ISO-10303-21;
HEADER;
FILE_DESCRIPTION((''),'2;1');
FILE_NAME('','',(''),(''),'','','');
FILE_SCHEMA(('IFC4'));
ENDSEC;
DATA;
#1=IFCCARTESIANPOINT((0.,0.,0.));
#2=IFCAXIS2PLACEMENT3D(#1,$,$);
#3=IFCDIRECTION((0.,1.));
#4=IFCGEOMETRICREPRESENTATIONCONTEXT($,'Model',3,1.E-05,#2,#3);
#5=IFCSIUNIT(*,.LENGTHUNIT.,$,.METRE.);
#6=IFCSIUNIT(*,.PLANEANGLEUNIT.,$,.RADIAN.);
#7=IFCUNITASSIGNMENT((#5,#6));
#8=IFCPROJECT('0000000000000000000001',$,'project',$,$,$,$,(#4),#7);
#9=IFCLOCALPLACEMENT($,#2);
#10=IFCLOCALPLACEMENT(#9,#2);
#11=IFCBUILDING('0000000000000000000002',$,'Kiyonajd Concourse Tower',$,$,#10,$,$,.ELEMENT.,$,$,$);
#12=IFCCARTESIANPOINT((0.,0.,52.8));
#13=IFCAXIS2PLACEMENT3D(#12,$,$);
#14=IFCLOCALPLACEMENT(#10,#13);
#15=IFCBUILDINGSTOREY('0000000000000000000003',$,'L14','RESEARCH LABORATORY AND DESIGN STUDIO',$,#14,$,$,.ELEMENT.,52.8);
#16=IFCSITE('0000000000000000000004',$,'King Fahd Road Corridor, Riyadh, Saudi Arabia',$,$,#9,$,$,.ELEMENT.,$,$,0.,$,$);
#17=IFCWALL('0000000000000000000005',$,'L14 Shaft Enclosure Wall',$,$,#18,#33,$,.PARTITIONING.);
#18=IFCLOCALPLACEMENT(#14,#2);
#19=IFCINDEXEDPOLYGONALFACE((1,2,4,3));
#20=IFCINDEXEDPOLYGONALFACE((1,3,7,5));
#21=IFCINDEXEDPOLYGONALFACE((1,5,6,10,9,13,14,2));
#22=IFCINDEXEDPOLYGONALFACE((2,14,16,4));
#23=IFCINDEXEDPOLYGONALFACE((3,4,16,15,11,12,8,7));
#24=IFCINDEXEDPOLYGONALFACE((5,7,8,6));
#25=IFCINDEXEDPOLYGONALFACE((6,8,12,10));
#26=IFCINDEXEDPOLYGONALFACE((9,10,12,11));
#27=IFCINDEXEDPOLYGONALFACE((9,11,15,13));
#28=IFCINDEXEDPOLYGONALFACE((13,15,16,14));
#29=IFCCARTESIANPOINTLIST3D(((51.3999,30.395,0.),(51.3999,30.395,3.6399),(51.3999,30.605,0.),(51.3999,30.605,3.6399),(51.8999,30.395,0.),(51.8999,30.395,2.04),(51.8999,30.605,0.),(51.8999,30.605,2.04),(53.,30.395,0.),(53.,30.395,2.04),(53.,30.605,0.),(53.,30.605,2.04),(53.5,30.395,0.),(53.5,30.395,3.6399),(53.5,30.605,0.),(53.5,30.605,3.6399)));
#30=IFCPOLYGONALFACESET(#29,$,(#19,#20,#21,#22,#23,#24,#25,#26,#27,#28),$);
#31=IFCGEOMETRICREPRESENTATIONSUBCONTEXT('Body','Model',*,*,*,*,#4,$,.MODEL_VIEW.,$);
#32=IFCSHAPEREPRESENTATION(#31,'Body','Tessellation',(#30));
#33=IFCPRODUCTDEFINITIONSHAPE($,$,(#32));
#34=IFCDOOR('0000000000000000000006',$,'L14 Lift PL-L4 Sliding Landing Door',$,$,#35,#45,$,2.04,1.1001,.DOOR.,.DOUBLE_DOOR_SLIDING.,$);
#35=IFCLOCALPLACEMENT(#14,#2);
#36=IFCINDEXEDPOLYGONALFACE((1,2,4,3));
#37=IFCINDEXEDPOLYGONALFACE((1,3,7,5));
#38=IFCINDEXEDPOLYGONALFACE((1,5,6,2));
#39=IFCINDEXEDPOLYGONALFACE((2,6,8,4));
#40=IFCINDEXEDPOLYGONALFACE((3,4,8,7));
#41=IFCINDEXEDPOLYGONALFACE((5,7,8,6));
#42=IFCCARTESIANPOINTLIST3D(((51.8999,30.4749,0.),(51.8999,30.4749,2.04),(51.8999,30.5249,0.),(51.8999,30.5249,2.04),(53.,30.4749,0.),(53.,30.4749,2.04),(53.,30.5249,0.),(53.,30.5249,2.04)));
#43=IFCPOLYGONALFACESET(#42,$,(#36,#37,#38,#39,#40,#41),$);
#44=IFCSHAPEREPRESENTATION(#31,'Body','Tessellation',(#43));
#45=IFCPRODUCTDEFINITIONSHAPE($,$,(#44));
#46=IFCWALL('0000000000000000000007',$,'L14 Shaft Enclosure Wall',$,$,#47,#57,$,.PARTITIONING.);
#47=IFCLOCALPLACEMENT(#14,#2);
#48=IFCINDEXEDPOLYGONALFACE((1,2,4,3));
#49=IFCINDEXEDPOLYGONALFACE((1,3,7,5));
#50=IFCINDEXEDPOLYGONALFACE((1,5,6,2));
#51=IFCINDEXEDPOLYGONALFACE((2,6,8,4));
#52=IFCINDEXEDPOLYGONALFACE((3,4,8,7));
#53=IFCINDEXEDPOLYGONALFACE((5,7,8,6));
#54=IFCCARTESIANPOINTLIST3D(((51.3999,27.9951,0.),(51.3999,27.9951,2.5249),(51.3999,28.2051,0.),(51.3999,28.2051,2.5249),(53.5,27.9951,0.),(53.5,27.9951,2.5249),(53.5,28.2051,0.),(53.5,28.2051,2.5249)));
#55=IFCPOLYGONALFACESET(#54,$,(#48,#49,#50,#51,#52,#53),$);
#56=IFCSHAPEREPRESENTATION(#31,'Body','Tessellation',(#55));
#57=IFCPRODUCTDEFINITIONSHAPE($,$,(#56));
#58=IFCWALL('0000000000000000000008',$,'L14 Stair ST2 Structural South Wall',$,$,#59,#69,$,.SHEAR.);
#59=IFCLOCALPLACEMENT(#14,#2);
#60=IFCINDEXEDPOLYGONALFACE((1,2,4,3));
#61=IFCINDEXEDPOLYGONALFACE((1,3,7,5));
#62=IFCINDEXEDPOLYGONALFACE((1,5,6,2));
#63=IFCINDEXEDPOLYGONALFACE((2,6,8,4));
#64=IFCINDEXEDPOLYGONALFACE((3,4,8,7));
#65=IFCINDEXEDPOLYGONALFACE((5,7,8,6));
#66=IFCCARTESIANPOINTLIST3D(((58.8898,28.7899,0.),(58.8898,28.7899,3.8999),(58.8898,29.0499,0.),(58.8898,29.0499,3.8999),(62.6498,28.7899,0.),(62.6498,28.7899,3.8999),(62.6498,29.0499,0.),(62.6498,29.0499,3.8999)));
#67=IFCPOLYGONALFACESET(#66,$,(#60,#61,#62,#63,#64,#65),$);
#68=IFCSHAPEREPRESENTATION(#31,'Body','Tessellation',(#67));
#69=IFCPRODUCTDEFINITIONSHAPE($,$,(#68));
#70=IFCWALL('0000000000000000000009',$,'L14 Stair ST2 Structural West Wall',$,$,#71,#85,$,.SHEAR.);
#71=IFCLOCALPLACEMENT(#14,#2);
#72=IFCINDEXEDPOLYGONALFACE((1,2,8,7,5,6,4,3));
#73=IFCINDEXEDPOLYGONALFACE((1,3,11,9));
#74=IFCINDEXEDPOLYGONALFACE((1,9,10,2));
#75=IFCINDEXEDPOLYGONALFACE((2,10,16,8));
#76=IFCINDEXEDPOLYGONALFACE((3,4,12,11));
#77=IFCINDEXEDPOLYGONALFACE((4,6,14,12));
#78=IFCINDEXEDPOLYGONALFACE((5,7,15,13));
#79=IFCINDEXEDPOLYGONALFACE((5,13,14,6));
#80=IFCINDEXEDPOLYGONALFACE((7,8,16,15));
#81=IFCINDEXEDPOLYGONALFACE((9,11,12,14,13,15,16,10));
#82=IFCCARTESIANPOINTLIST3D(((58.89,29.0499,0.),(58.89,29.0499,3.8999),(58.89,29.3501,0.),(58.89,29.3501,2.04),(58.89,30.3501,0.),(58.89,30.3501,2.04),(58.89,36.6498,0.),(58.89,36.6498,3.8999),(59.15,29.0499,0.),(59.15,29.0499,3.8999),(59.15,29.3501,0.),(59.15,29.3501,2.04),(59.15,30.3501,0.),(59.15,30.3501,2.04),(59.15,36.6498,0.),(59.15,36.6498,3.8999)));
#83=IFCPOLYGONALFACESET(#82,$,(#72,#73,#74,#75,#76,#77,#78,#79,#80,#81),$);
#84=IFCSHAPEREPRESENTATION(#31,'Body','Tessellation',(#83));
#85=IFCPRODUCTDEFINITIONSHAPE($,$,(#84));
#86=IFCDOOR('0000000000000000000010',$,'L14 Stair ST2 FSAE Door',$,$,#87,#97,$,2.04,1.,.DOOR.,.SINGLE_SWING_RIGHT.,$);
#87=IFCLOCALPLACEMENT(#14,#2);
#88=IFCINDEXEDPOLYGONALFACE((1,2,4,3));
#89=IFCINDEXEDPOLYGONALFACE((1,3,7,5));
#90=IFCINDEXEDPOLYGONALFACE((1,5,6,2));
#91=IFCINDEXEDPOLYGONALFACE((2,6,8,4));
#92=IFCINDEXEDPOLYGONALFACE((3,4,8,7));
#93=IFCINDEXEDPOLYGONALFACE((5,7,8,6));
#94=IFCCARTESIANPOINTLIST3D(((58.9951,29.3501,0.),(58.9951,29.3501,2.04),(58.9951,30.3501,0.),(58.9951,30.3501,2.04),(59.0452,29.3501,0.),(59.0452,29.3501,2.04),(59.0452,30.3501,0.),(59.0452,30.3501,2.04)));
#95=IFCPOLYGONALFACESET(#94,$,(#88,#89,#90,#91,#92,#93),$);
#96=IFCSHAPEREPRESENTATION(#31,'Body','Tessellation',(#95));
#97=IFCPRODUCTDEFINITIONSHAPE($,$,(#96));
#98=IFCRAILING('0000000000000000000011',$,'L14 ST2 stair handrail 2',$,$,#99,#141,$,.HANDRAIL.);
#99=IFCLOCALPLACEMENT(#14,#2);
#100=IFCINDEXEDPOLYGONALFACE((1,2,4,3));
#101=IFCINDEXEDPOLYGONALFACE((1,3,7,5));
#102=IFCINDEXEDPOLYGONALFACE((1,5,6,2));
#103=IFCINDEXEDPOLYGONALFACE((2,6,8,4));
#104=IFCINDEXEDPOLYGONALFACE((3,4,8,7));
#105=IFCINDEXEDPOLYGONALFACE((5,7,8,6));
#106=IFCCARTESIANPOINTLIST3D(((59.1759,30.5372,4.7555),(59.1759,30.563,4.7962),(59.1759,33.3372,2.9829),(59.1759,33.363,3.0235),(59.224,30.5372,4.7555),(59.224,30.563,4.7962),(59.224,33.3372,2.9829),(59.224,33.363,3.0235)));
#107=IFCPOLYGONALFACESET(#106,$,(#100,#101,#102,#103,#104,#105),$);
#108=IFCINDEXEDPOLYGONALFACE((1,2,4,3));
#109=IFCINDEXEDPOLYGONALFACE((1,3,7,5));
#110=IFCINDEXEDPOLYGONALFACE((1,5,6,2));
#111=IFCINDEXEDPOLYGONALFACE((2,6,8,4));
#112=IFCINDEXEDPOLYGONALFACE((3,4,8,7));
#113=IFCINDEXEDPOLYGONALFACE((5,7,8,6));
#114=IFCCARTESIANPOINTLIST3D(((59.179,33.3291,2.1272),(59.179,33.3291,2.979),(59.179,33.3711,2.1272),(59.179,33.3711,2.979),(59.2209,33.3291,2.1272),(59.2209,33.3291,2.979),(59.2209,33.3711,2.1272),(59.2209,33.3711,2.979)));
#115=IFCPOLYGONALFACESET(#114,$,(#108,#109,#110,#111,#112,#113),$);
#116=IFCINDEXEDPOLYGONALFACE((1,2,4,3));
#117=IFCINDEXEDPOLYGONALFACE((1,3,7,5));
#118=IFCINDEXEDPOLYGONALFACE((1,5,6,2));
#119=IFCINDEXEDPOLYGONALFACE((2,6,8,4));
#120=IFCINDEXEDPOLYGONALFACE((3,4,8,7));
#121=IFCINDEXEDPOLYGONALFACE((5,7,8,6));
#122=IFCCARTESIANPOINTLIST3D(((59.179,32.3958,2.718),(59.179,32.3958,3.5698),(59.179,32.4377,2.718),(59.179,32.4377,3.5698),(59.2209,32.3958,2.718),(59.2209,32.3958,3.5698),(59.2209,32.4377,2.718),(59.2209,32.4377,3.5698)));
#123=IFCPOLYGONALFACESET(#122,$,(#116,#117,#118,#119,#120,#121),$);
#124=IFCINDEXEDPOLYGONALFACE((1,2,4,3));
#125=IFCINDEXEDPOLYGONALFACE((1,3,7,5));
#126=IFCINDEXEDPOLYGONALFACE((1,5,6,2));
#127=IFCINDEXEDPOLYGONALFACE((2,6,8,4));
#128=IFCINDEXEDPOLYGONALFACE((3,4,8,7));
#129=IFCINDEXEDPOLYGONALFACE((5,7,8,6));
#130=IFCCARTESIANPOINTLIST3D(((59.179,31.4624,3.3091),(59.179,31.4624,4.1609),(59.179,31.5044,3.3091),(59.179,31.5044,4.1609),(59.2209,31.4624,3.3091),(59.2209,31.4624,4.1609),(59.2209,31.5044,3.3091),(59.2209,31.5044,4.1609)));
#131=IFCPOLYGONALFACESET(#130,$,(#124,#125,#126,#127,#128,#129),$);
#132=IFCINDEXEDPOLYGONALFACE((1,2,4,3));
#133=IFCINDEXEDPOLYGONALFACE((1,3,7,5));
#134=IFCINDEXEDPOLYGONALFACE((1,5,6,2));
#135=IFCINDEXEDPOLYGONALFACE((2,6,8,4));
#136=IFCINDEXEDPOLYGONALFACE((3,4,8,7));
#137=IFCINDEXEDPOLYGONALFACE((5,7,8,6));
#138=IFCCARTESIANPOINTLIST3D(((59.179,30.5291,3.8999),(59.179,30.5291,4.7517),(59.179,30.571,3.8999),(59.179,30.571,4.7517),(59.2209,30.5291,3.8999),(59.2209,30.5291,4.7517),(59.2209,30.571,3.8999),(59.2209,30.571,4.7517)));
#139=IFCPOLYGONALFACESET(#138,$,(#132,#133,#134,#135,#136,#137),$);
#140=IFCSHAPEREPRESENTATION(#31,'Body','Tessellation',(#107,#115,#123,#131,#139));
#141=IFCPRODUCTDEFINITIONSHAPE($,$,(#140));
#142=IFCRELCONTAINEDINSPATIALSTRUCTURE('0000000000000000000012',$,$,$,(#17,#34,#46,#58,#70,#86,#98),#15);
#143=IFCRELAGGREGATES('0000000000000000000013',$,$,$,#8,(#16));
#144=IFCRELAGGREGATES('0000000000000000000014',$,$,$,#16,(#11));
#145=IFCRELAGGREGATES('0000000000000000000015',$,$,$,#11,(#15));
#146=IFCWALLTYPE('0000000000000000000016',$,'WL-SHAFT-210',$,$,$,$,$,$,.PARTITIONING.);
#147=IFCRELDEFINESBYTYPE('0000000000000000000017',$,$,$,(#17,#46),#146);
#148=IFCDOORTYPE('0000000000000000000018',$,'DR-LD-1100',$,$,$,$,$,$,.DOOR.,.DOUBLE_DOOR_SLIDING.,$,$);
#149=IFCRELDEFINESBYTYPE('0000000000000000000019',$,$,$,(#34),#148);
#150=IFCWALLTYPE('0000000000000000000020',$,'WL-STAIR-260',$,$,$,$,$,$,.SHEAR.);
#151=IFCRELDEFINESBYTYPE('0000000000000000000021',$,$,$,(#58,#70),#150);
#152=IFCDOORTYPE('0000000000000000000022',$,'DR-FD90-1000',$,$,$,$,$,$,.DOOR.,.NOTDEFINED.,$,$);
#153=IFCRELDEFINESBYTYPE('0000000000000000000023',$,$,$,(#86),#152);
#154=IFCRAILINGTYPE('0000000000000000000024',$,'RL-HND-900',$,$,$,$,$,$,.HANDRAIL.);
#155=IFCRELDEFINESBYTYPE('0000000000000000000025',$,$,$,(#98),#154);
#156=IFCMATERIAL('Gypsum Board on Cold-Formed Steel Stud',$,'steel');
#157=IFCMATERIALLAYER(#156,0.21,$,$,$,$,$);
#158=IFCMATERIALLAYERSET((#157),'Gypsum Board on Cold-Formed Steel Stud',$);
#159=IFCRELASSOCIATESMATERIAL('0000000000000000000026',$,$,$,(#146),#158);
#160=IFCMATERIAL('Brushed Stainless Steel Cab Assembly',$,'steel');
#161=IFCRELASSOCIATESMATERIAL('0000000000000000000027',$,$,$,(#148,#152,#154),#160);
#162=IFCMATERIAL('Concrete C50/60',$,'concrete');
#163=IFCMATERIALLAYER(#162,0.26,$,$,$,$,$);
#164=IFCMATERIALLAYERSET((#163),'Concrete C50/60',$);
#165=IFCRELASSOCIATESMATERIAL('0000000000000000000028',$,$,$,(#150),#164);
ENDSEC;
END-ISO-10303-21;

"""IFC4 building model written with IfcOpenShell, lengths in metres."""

from ifc_helpers import new_model, si_unit, direction, frame, frame_2d, origin, origin_2d, place, context, subcontext, project, spatial, rectangle, extrude, material, layer, layer_set, type_object, element, fill, save


model = new_model("IFC4")

# Units and contexts
model_context = context("Model", 3, precision=1e-05, world=origin(), true_north=direction((0.0, 1.0)))
body_context = subcontext(model_context, "Body", "Model", "MODEL_VIEW")
ifc_project = project(units=[si_unit("LENGTHUNIT", "METRE"), si_unit("PLANEANGLEUNIT", "RADIAN")], contexts=[model_context])

# Site, building, storey
site_placement = place(None, origin())
site = spatial("IfcSite", under=ifc_project, at=site_placement, Name="King Fahd Road Corridor, Riyadh, Saudi Arabia", CompositionType="ELEMENT", RefElevation=0.0)
building_placement = place(site_placement, origin())
building = spatial("IfcBuilding", under=site, at=building_placement, Name="Kiyonajd Concourse Tower", CompositionType="ELEMENT")
storey_placement = place(building_placement, frame((0.0, 0.0, 52.8)))
storey = spatial("IfcBuildingStorey", under=building, at=storey_placement, Name="L14", Description="RESEARCH LABORATORY AND DESIGN STUDIO", CompositionType="ELEMENT", Elevation=52.8)

# Shared definitions
ifc_material_1 = material(Name="Concrete C50/60", Category="concrete")

# Shared definitions
ifc_material_2 = material(Name="Brushed Stainless Steel Cab Assembly", Category="steel")
ifc_material_3 = material(Name="Gypsum Board on Cold-Formed Steel Stud", Category="steel")
ifc_layer_1 = layer(ifc_material_3, 0.21)
ifc_layer_set_1 = layer_set([ifc_layer_1], Name="Gypsum Board on Cold-Formed Steel Stud")
wall_type_1 = type_object("IfcWallType", Name="WL-SHAFT-210", PredefinedType="PARTITIONING", material=ifc_layer_set_1)

# Wall, opening, door
wall_1_placement = place(storey_placement, frame((51.3999, 30.5, 0.0), z_axis=(0.0, 0.0, 1.0), x_axis=(1.0, 0.0, 0.0)))
wall_1 = element("IfcWall", 1, at=wall_1_placement, inside=storey, type_object=wall_type_1, Name="L14 Shaft Enclosure Wall", PredefinedType="PARTITIONING", context=body_context, shape_type="SweptSolid", body=[
    extrude(rectangle(XDim=2.1001, YDim=0.21, at=frame_2d((1.05, 0.0))), origin(), (0.0, 0.0, 1.0), 3.6399),
])
opening_1_placement = place(wall_1_placement, frame((0.5, 0.0, 0.0)))
opening_1 = element("IfcOpeningElement", 2, at=opening_1_placement, cuts=wall_1, PredefinedType="OPENING", context=body_context, shape_type="SweptSolid", body=[
    extrude(rectangle(XDim=1.1001, YDim=2.04, at=frame_2d((0.55, 1.02))), frame((0.0, 0.115, 0.0), z_axis=(0.0, -1.0, 0.0), x_axis=(1.0, 0.0, 0.0)), (0.0, 0.0, 1.0), 0.23),
])
door_type_1 = type_object("IfcDoorType", Name="DR-LD-1100", OperationType="DOUBLE_DOOR_SLIDING", PredefinedType="DOOR", material=ifc_material_2)
door_1_placement = place(opening_1_placement, origin())
door_1 = element("IfcDoor", 3, at=door_1_placement, inside=storey, type_object=door_type_1, Name="L14 Lift PL-L4 Sliding Landing Door", OperationType="DOUBLE_DOOR_SLIDING", OverallHeight=2.04, OverallWidth=1.1001, PredefinedType="DOOR", context=body_context, shape_type="SweptSolid", body=[
    extrude(rectangle(XDim=1.1001, YDim=2.04, at=frame_2d((0.55, 1.02))), frame((0.0, 0.0249, 0.0), z_axis=(0.0, -1.0, 0.0), x_axis=(1.0, 0.0, 0.0)), (0.0, 0.0, 1.0), 0.05),
])
fill(opening_1, door_1)

# Walls
wall_2_placement = place(storey_placement, frame((51.3999, 28.1001, 0.0), z_axis=(0.0, 0.0, 1.0), x_axis=(1.0, 0.0, 0.0)))
element("IfcWall", 4, at=wall_2_placement, inside=storey, type_object=wall_type_1, Name="L14 Shaft Enclosure Wall", PredefinedType="PARTITIONING", context=body_context, shape_type="SweptSolid", body=[
    extrude(rectangle(XDim=2.1001, YDim=0.21, at=frame_2d((1.05, 0.0))), origin(), (0.0, 0.0, 1.0), 2.5249),
])
ifc_layer_2 = layer(ifc_material_1, 0.26)
ifc_layer_set_2 = layer_set([ifc_layer_2], Name="Concrete C50/60")
wall_type_2 = type_object("IfcWallType", Name="WL-STAIR-260", PredefinedType="SHEAR", material=ifc_layer_set_2)
wall_3_placement = place(storey_placement, frame((58.8899, 28.9199, 0.0), z_axis=(0.0, 0.0, 1.0), x_axis=(1.0, 0.0, 0.0)))
element("IfcWall", 5, at=wall_3_placement, inside=storey, type_object=wall_type_2, Name="L14 Stair ST2 Structural South Wall", PredefinedType="SHEAR", context=body_context, shape_type="SweptSolid", body=[
    extrude(rectangle(XDim=3.76, YDim=0.26, at=frame_2d((1.8799, 0.0))), origin(), (0.0, 0.0, 1.0), 3.8999),
])

# Wall, opening, door
wall_4_placement = place(storey_placement, frame((59.02, 29.05, 0.0), z_axis=(0.0, 0.0, 1.0), x_axis=(0.0, 1.0, 0.0)))
wall_4 = element("IfcWall", 6, at=wall_4_placement, inside=storey, type_object=wall_type_2, Name="L14 Stair ST2 Structural West Wall", PredefinedType="SHEAR", context=body_context, shape_type="SweptSolid", body=[
    extrude(rectangle(XDim=7.5999, YDim=0.26, at=frame_2d((3.7998, 0.0))), origin(), (0.0, 0.0, 1.0), 3.8999),
])
opening_2_placement = place(wall_4_placement, frame((0.3, 0.0, 0.0)))
opening_2 = element("IfcOpeningElement", 7, at=opening_2_placement, cuts=wall_4, PredefinedType="OPENING", context=body_context, shape_type="SweptSolid", body=[
    extrude(rectangle(XDim=1.0, YDim=2.04, at=frame_2d((0.5, 1.02))), frame((0.0, 0.1399, 0.0), z_axis=(0.0, -1.0, 0.0), x_axis=(1.0, 0.0, 0.0)), (0.0, 0.0, 1.0), 0.28),
])
door_type_2 = type_object("IfcDoorType", Name="DR-FD90-1000", OperationType="NOTDEFINED", PredefinedType="DOOR", material=ifc_material_2)
door_2_placement = place(opening_2_placement, origin())
door_2 = element("IfcDoor", 8, at=door_2_placement, inside=storey, type_object=door_type_2, Name="L14 Stair ST2 FSAE Door", OperationType="SINGLE_SWING_RIGHT", OverallHeight=2.04, OverallWidth=1.0, PredefinedType="DOOR", context=body_context, shape_type="SweptSolid", body=[
    extrude(rectangle(XDim=1.0, YDim=2.04, at=frame_2d((0.5, 1.02))), frame((0.0, 0.0249, 0.0), z_axis=(0.0, -1.0, 0.0), x_axis=(1.0, 0.0, 0.0)), (0.0, 0.0, 1.0), 0.05),
])
fill(opening_2, door_2)

# Railing
railing_type = type_object("IfcRailingType", Name="RL-HND-900", PredefinedType="HANDRAIL", material=ifc_material_2)
railing_placement = place(storey_placement, frame((59.2, 33.3501, 2.1272)))
element("IfcRailing", 9, at=railing_placement, inside=storey, type_object=railing_type, Name="L14 ST2 stair handrail 2", PredefinedType="HANDRAIL", context=body_context, shape_type="SweptSolid", body=[
    extrude(rectangle(XDim=0.0481, YDim=0.0481, at=origin_2d()), frame((0.0, 0.0, 0.876), z_axis=(0.0, -0.844909, 0.53491), x_axis=(1.0, 0.0, 0.0)), (0.0, 0.0, 1.0), 3.314),
    extrude(rectangle(XDim=0.042, YDim=0.042, at=origin_2d()), origin(), (0.0, 0.0, 1.0), 0.8518),
    extrude(rectangle(XDim=0.042, YDim=0.042, at=origin_2d()), frame((0.0, -0.9333, 0.5908)), (0.0, 0.0, 1.0), 0.8518),
    extrude(rectangle(XDim=0.042, YDim=0.042, at=origin_2d()), frame((0.0, -1.8667, 1.1819)), (0.0, 0.0, 1.0), 0.8518),
    extrude(rectangle(XDim=0.042, YDim=0.042, at=origin_2d()), frame((0.0, -2.8, 1.7727)), (0.0, 0.0, 1.0), 0.8518),
])

save(model, "model.ifc")
